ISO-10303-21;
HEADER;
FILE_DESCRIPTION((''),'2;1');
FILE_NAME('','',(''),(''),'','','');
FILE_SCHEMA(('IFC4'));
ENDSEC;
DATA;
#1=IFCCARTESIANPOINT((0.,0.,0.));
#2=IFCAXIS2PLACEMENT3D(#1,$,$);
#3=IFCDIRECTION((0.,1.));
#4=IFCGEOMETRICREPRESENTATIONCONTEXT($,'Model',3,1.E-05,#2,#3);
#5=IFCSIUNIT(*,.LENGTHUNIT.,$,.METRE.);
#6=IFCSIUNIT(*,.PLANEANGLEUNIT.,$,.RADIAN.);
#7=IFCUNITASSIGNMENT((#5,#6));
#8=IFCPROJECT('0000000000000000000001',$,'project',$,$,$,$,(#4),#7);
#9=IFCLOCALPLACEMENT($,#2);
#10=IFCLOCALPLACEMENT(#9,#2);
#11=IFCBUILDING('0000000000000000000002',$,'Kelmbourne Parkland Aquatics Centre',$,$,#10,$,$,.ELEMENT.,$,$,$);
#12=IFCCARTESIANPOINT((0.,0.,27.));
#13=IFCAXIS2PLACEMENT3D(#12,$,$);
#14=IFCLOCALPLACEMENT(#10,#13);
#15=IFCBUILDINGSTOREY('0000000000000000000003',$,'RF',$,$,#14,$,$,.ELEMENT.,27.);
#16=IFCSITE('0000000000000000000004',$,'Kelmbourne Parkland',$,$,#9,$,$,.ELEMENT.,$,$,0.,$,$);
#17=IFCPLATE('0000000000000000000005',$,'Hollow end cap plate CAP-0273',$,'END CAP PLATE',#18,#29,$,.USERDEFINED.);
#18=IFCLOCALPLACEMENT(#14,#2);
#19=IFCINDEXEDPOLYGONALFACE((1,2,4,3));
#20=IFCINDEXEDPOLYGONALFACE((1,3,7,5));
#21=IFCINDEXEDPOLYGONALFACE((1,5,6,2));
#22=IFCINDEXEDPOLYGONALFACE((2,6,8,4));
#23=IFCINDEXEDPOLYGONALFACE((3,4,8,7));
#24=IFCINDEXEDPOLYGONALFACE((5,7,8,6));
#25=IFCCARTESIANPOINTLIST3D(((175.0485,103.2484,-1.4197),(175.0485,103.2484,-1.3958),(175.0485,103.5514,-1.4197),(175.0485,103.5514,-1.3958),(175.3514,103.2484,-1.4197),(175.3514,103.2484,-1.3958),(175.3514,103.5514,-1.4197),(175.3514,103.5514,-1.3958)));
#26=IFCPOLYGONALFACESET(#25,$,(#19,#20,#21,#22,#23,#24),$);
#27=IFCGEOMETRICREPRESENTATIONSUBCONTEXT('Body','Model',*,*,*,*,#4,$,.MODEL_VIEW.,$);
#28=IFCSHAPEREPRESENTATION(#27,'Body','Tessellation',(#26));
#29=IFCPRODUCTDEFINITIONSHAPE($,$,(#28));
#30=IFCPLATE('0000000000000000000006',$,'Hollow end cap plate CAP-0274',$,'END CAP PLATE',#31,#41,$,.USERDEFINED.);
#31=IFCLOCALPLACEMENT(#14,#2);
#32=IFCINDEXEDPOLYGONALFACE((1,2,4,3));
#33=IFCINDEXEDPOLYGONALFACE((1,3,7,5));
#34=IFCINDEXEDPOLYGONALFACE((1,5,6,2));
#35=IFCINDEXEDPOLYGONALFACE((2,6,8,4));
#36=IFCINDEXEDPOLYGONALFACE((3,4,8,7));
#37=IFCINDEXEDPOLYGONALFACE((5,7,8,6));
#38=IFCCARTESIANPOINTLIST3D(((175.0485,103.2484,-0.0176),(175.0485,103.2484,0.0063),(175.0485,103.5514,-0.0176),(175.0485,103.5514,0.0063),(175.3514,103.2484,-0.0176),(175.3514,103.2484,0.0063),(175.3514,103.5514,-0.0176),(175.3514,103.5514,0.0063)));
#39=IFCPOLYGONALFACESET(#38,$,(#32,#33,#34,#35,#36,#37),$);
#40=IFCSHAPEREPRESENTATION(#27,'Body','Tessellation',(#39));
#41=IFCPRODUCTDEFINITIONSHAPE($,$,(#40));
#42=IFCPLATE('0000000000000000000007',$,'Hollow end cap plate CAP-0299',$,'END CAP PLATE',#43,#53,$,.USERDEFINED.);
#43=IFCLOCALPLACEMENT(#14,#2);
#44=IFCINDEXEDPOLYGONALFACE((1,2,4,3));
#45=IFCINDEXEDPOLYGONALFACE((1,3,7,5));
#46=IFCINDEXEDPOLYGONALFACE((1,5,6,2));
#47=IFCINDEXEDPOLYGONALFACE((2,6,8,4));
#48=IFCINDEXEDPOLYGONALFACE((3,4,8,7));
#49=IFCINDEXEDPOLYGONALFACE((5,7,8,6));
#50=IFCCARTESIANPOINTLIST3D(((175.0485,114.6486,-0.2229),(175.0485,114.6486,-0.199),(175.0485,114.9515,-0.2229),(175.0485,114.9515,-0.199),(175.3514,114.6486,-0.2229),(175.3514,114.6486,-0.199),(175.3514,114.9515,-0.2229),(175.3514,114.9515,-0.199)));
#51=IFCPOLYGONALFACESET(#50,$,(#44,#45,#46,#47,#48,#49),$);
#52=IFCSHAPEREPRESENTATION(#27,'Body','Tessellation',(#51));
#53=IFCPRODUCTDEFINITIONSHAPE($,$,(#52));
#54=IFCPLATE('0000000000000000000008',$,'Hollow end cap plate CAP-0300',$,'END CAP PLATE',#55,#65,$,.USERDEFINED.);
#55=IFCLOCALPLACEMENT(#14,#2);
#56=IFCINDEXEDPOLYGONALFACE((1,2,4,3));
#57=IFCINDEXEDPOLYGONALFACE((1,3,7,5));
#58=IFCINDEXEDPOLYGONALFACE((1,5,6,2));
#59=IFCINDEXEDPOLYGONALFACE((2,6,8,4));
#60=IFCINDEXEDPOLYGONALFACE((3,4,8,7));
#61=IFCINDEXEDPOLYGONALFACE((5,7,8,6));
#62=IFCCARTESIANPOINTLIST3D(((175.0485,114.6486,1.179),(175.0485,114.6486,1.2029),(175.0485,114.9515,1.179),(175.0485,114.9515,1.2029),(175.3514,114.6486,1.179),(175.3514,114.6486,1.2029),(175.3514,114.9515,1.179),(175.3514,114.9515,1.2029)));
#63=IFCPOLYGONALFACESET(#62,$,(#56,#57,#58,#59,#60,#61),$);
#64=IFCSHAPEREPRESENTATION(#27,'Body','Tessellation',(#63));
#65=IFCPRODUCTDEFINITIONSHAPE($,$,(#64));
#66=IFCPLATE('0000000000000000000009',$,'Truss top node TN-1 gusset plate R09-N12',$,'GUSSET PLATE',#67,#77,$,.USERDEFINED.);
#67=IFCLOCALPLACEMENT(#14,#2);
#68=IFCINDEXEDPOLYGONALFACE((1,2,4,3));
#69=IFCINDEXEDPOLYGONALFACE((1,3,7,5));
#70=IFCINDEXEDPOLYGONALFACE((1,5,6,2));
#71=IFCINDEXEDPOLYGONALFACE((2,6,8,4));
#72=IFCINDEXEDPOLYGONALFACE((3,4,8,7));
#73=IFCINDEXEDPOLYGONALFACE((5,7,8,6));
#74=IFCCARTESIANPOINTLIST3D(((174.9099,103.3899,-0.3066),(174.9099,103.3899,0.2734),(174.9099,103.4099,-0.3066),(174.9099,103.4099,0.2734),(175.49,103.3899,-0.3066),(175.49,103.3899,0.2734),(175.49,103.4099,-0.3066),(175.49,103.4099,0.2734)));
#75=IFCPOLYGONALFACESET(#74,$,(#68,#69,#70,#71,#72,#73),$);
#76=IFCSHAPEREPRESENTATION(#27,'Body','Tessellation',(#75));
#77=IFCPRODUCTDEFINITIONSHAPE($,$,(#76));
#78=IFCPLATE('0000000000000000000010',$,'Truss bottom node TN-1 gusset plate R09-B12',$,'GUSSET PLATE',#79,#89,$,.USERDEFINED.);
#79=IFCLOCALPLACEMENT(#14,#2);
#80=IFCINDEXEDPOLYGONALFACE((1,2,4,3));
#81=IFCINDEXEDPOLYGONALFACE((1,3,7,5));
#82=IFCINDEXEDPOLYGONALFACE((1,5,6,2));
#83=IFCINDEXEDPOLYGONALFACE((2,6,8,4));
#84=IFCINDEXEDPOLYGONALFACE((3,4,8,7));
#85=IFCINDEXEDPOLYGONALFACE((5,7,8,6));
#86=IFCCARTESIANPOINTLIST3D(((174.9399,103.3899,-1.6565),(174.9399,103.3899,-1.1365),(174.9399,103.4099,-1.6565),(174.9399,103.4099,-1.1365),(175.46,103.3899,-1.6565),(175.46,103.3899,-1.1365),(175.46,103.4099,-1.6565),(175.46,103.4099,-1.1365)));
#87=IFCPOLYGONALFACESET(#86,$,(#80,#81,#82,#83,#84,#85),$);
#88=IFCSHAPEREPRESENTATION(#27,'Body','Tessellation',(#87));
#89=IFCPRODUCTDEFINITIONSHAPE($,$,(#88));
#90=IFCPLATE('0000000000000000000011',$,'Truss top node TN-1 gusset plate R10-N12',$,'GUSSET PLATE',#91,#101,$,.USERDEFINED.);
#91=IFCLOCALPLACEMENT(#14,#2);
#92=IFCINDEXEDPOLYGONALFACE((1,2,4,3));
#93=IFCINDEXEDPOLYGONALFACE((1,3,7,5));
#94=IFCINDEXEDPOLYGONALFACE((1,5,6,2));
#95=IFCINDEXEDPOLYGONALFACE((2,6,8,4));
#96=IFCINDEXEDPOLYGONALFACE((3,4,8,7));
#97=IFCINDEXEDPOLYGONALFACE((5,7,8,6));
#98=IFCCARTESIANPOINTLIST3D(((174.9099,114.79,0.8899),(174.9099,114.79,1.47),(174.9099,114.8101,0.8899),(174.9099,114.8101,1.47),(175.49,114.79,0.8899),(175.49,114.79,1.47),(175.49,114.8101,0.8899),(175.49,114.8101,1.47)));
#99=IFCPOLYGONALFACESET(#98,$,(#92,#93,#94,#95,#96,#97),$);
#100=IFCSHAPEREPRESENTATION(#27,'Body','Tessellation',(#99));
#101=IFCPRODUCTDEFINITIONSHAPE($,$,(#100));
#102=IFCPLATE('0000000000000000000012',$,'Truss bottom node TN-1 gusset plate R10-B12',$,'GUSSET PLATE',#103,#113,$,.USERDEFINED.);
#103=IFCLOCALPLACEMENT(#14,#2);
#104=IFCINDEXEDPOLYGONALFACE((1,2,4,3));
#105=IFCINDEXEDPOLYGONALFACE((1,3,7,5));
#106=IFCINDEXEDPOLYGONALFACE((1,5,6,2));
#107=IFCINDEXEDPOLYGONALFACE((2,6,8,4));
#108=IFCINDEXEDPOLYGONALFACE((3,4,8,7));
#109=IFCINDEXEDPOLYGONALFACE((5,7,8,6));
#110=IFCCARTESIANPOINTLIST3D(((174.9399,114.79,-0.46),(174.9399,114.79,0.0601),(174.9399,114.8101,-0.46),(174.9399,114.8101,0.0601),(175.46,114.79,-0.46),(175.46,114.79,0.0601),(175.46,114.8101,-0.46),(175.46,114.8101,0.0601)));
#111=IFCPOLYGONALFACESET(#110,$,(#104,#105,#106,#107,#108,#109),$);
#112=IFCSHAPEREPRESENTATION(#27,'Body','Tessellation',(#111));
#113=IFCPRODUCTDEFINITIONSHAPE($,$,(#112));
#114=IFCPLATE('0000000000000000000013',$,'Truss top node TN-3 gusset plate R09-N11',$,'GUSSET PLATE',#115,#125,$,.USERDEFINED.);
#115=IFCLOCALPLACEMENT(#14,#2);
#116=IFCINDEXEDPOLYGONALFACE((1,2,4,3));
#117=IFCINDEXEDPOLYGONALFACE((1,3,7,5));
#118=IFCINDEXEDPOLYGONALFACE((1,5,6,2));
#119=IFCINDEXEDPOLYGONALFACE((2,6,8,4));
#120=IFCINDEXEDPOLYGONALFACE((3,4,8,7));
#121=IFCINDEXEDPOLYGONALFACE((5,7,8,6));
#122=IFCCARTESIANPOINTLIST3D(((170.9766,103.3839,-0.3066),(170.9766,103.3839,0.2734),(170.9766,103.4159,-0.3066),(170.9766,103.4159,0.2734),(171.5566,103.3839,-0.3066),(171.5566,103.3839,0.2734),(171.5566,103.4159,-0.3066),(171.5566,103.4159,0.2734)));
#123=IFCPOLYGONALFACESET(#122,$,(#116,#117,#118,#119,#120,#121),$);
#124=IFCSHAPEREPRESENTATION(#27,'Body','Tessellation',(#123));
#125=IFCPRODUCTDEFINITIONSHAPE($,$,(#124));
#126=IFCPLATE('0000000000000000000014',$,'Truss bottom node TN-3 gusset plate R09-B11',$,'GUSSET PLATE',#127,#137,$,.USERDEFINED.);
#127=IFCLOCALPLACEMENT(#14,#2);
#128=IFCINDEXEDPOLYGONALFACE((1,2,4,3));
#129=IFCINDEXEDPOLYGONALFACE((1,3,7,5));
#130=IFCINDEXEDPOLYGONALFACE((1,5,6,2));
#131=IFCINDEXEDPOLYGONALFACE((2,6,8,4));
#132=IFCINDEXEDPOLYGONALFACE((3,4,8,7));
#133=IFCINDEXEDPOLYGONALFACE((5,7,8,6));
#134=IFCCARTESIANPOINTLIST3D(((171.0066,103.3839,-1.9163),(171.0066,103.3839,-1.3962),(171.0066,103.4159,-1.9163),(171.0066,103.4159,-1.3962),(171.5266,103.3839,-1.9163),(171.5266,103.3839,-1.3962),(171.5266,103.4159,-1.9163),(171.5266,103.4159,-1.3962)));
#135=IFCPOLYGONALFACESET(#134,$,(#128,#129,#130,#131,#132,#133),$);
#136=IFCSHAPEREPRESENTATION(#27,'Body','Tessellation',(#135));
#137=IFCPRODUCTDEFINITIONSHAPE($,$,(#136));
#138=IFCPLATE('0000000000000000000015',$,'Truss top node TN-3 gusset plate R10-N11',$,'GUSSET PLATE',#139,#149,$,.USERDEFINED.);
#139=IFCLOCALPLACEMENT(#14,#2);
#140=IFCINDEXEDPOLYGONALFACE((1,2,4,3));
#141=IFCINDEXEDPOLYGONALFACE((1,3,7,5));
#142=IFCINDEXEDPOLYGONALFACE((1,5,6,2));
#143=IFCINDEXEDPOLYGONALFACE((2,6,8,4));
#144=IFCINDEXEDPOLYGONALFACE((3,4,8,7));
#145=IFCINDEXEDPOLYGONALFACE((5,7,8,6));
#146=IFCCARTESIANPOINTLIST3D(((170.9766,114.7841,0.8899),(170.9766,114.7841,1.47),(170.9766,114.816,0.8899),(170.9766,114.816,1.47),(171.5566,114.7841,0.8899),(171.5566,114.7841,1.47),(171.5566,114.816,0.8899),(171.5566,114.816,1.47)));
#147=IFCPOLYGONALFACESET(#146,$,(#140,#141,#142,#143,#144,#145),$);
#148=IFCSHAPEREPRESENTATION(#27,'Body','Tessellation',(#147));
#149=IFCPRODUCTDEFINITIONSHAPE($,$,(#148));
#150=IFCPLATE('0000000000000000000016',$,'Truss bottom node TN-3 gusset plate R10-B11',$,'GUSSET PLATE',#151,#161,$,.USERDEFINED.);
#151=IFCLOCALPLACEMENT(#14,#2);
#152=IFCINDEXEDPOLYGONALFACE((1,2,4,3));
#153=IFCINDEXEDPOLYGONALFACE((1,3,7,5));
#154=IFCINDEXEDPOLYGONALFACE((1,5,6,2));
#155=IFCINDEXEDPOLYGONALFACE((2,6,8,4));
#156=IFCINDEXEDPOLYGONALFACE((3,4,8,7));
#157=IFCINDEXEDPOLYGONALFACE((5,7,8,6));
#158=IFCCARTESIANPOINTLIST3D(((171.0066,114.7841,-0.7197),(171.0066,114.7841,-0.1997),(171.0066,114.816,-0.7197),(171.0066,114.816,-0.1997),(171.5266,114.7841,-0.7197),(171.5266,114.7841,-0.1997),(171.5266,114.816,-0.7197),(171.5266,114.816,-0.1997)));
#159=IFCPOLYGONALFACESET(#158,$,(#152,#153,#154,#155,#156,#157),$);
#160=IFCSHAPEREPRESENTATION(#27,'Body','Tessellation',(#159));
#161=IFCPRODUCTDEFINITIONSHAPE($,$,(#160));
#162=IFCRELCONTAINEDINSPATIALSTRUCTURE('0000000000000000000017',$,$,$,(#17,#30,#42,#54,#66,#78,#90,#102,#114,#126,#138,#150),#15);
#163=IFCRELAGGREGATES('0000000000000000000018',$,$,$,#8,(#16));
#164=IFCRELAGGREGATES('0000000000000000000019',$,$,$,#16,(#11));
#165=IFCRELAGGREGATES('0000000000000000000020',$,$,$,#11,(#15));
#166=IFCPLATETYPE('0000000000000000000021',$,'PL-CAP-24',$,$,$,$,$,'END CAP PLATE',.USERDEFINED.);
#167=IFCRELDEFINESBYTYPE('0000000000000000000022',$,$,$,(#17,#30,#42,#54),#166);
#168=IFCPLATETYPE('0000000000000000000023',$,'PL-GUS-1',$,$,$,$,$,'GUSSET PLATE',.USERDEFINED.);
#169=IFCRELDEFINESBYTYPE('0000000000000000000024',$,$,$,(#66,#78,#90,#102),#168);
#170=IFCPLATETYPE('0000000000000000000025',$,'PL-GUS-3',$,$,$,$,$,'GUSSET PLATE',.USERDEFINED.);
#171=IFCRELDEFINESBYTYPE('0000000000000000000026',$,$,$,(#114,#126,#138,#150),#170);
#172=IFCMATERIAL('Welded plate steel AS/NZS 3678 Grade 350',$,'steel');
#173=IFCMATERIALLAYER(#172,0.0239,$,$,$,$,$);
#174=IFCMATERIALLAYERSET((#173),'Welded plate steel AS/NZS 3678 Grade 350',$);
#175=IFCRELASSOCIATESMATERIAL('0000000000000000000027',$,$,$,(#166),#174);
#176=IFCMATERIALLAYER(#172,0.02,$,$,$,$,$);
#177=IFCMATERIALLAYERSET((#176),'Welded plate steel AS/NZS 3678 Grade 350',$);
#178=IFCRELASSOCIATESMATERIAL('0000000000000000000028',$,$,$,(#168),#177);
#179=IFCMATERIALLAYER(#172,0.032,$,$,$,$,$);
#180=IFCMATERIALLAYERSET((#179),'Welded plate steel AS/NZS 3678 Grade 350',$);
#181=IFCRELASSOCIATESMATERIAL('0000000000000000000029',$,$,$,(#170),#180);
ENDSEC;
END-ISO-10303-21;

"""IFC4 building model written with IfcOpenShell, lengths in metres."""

from ifc_helpers import new_model, si_unit, direction, frame, origin, origin_2d, place, context, subcontext, project, spatial, rectangle, extrude, material, layer, layer_set, type_object, element, save


model = new_model("IFC4")

# Units and contexts
model_context = context("Model", 3, precision=1e-05, world=origin(), true_north=direction((0.0, 1.0)))
body_context = subcontext(model_context, "Body", "Model", "MODEL_VIEW")
ifc_project = project(units=[si_unit("LENGTHUNIT", "METRE"), si_unit("PLANEANGLEUNIT", "RADIAN")], contexts=[model_context])

# Site, building, storey
site_placement = place(None, origin())
site = spatial("IfcSite", under=ifc_project, at=site_placement, Name="Kelmbourne Parkland", CompositionType="ELEMENT", RefElevation=0.0)
building_placement = place(site_placement, origin())
building = spatial("IfcBuilding", under=site, at=building_placement, Name="Kelmbourne Parkland Aquatics Centre", CompositionType="ELEMENT")
storey_placement = place(building_placement, frame((0.0, 0.0, 27.0)))
storey = spatial("IfcBuildingStorey", under=building, at=storey_placement, Name="RF", CompositionType="ELEMENT", Elevation=27.0)

# Shared definitions
ifc_material_1 = material(Name="Welded plate steel AS/NZS 3678 Grade 350", Category="steel")

# Plates
ifc_layer_1 = layer(ifc_material_1, 0.0239)
ifc_layer_set_1 = layer_set([ifc_layer_1], Name="Welded plate steel AS/NZS 3678 Grade 350")
plate_type_1 = type_object("IfcPlateType", Name="PL-CAP-24", ElementType="END CAP PLATE", PredefinedType="USERDEFINED", material=ifc_layer_set_1)
for number, where, z_axis, x_axis, name in (
    (1, (175.2, 103.3999, -1.4197), (0.0, 0.0, 1.0), (1.0, 0.0, 0.0), "Hollow end cap plate CAP-0273"),
    (2, (175.2, 103.3999, -0.0176), (0.0, 0.0, 1.0), (1.0, 0.0, 0.0), "Hollow end cap plate CAP-0274"),
    (3, (175.2, 114.8, -0.2229), (0.0, 0.0, 1.0), (1.0, 0.0, 0.0), "Hollow end cap plate CAP-0299"),
    (4, (175.2, 114.8, 1.179), (0.0, 0.0, 1.0), (1.0, 0.0, 0.0), "Hollow end cap plate CAP-0300"),
):
    element("IfcPlate", number, at=place(storey_placement, frame(where, z_axis=z_axis, x_axis=x_axis)), inside=storey, type_object=plate_type_1, Name=name, ObjectType="END CAP PLATE", PredefinedType="USERDEFINED", context=body_context, shape_type="SweptSolid", body=[
        extrude(rectangle(XDim=0.303, YDim=0.303, at=origin_2d()), origin(), (0.0, 0.0, 1.0), 0.0239),
    ])
ifc_layer_2 = layer(ifc_material_1, 0.02)
ifc_layer_set_2 = layer_set([ifc_layer_2], Name="Welded plate steel AS/NZS 3678 Grade 350")
plate_type_2 = type_object("IfcPlateType", Name="PL-GUS-1", ElementType="GUSSET PLATE", PredefinedType="USERDEFINED", material=ifc_layer_set_2)
plate_1_placement = place(storey_placement, frame((175.2, 103.3999, -0.3066), z_axis=(0.0, 0.0, 1.0), x_axis=(1.0, 0.0, 0.0)))
element("IfcPlate", 5, at=plate_1_placement, inside=storey, type_object=plate_type_2, Name="Truss top node TN-1 gusset plate R09-N12", ObjectType="GUSSET PLATE", PredefinedType="USERDEFINED", context=body_context, shape_type="SweptSolid", body=[
    extrude(rectangle(XDim=0.5801, YDim=0.02, at=origin_2d()), origin(), (0.0, 0.0, 1.0), 0.5801),
])
plate_2_placement = place(storey_placement, frame((175.2, 103.3999, -1.6565), z_axis=(0.0, 0.0, 1.0), x_axis=(1.0, 0.0, 0.0)))
element("IfcPlate", 6, at=plate_2_placement, inside=storey, type_object=plate_type_2, Name="Truss bottom node TN-1 gusset plate R09-B12", ObjectType="GUSSET PLATE", PredefinedType="USERDEFINED", context=body_context, shape_type="SweptSolid", body=[
    extrude(rectangle(XDim=0.52, YDim=0.02, at=origin_2d()), origin(), (0.0, 0.0, 1.0), 0.52),
])
plate_3_placement = place(storey_placement, frame((175.2, 114.8, 0.8899), z_axis=(0.0, 0.0, 1.0), x_axis=(1.0, 0.0, 0.0)))
element("IfcPlate", 7, at=plate_3_placement, inside=storey, type_object=plate_type_2, Name="Truss top node TN-1 gusset plate R10-N12", ObjectType="GUSSET PLATE", PredefinedType="USERDEFINED", context=body_context, shape_type="SweptSolid", body=[
    extrude(rectangle(XDim=0.5801, YDim=0.02, at=origin_2d()), origin(), (0.0, 0.0, 1.0), 0.5801),
])
plate_4_placement = place(storey_placement, frame((175.2, 114.8, -0.46), z_axis=(0.0, 0.0, 1.0), x_axis=(1.0, 0.0, 0.0)))
element("IfcPlate", 8, at=plate_4_placement, inside=storey, type_object=plate_type_2, Name="Truss bottom node TN-1 gusset plate R10-B12", ObjectType="GUSSET PLATE", PredefinedType="USERDEFINED", context=body_context, shape_type="SweptSolid", body=[
    extrude(rectangle(XDim=0.52, YDim=0.02, at=origin_2d()), origin(), (0.0, 0.0, 1.0), 0.52),
])
ifc_layer_3 = layer(ifc_material_1, 0.032)
ifc_layer_set_3 = layer_set([ifc_layer_3], Name="Welded plate steel AS/NZS 3678 Grade 350")
plate_type_3 = type_object("IfcPlateType", Name="PL-GUS-3", ElementType="GUSSET PLATE", PredefinedType="USERDEFINED", material=ifc_layer_set_3)
plate_5_placement = place(storey_placement, frame((171.2666, 103.3999, -0.3066), z_axis=(0.0, 0.0, 1.0), x_axis=(1.0, 0.0, 0.0)))
element("IfcPlate", 9, at=plate_5_placement, inside=storey, type_object=plate_type_3, Name="Truss top node TN-3 gusset plate R09-N11", ObjectType="GUSSET PLATE", PredefinedType="USERDEFINED", context=body_context, shape_type="SweptSolid", body=[
    extrude(rectangle(XDim=0.5801, YDim=0.032, at=origin_2d()), origin(), (0.0, 0.0, 1.0), 0.5801),
])
plate_6_placement = place(storey_placement, frame((171.2666, 103.3999, -1.9163), z_axis=(0.0, 0.0, 1.0), x_axis=(1.0, 0.0, 0.0)))
element("IfcPlate", 10, at=plate_6_placement, inside=storey, type_object=plate_type_3, Name="Truss bottom node TN-3 gusset plate R09-B11", ObjectType="GUSSET PLATE", PredefinedType="USERDEFINED", context=body_context, shape_type="SweptSolid", body=[
    extrude(rectangle(XDim=0.52, YDim=0.032, at=origin_2d()), origin(), (0.0, 0.0, 1.0), 0.52),
])
plate_7_placement = place(storey_placement, frame((171.2666, 114.8, 0.8899), z_axis=(0.0, 0.0, 1.0), x_axis=(1.0, 0.0, 0.0)))
element("IfcPlate", 11, at=plate_7_placement, inside=storey, type_object=plate_type_3, Name="Truss top node TN-3 gusset plate R10-N11", ObjectType="GUSSET PLATE", PredefinedType="USERDEFINED", context=body_context, shape_type="SweptSolid", body=[
    extrude(rectangle(XDim=0.5801, YDim=0.032, at=origin_2d()), origin(), (0.0, 0.0, 1.0), 0.5801),
])
plate_8_placement = place(storey_placement, frame((171.2666, 114.8, -0.7197), z_axis=(0.0, 0.0, 1.0), x_axis=(1.0, 0.0, 0.0)))
element("IfcPlate", 12, at=plate_8_placement, inside=storey, type_object=plate_type_3, Name="Truss bottom node TN-3 gusset plate R10-B11", ObjectType="GUSSET PLATE", PredefinedType="USERDEFINED", context=body_context, shape_type="SweptSolid", body=[
    extrude(rectangle(XDim=0.52, YDim=0.032, at=origin_2d()), origin(), (0.0, 0.0, 1.0), 0.52),
])

save(model, "model.ifc")
